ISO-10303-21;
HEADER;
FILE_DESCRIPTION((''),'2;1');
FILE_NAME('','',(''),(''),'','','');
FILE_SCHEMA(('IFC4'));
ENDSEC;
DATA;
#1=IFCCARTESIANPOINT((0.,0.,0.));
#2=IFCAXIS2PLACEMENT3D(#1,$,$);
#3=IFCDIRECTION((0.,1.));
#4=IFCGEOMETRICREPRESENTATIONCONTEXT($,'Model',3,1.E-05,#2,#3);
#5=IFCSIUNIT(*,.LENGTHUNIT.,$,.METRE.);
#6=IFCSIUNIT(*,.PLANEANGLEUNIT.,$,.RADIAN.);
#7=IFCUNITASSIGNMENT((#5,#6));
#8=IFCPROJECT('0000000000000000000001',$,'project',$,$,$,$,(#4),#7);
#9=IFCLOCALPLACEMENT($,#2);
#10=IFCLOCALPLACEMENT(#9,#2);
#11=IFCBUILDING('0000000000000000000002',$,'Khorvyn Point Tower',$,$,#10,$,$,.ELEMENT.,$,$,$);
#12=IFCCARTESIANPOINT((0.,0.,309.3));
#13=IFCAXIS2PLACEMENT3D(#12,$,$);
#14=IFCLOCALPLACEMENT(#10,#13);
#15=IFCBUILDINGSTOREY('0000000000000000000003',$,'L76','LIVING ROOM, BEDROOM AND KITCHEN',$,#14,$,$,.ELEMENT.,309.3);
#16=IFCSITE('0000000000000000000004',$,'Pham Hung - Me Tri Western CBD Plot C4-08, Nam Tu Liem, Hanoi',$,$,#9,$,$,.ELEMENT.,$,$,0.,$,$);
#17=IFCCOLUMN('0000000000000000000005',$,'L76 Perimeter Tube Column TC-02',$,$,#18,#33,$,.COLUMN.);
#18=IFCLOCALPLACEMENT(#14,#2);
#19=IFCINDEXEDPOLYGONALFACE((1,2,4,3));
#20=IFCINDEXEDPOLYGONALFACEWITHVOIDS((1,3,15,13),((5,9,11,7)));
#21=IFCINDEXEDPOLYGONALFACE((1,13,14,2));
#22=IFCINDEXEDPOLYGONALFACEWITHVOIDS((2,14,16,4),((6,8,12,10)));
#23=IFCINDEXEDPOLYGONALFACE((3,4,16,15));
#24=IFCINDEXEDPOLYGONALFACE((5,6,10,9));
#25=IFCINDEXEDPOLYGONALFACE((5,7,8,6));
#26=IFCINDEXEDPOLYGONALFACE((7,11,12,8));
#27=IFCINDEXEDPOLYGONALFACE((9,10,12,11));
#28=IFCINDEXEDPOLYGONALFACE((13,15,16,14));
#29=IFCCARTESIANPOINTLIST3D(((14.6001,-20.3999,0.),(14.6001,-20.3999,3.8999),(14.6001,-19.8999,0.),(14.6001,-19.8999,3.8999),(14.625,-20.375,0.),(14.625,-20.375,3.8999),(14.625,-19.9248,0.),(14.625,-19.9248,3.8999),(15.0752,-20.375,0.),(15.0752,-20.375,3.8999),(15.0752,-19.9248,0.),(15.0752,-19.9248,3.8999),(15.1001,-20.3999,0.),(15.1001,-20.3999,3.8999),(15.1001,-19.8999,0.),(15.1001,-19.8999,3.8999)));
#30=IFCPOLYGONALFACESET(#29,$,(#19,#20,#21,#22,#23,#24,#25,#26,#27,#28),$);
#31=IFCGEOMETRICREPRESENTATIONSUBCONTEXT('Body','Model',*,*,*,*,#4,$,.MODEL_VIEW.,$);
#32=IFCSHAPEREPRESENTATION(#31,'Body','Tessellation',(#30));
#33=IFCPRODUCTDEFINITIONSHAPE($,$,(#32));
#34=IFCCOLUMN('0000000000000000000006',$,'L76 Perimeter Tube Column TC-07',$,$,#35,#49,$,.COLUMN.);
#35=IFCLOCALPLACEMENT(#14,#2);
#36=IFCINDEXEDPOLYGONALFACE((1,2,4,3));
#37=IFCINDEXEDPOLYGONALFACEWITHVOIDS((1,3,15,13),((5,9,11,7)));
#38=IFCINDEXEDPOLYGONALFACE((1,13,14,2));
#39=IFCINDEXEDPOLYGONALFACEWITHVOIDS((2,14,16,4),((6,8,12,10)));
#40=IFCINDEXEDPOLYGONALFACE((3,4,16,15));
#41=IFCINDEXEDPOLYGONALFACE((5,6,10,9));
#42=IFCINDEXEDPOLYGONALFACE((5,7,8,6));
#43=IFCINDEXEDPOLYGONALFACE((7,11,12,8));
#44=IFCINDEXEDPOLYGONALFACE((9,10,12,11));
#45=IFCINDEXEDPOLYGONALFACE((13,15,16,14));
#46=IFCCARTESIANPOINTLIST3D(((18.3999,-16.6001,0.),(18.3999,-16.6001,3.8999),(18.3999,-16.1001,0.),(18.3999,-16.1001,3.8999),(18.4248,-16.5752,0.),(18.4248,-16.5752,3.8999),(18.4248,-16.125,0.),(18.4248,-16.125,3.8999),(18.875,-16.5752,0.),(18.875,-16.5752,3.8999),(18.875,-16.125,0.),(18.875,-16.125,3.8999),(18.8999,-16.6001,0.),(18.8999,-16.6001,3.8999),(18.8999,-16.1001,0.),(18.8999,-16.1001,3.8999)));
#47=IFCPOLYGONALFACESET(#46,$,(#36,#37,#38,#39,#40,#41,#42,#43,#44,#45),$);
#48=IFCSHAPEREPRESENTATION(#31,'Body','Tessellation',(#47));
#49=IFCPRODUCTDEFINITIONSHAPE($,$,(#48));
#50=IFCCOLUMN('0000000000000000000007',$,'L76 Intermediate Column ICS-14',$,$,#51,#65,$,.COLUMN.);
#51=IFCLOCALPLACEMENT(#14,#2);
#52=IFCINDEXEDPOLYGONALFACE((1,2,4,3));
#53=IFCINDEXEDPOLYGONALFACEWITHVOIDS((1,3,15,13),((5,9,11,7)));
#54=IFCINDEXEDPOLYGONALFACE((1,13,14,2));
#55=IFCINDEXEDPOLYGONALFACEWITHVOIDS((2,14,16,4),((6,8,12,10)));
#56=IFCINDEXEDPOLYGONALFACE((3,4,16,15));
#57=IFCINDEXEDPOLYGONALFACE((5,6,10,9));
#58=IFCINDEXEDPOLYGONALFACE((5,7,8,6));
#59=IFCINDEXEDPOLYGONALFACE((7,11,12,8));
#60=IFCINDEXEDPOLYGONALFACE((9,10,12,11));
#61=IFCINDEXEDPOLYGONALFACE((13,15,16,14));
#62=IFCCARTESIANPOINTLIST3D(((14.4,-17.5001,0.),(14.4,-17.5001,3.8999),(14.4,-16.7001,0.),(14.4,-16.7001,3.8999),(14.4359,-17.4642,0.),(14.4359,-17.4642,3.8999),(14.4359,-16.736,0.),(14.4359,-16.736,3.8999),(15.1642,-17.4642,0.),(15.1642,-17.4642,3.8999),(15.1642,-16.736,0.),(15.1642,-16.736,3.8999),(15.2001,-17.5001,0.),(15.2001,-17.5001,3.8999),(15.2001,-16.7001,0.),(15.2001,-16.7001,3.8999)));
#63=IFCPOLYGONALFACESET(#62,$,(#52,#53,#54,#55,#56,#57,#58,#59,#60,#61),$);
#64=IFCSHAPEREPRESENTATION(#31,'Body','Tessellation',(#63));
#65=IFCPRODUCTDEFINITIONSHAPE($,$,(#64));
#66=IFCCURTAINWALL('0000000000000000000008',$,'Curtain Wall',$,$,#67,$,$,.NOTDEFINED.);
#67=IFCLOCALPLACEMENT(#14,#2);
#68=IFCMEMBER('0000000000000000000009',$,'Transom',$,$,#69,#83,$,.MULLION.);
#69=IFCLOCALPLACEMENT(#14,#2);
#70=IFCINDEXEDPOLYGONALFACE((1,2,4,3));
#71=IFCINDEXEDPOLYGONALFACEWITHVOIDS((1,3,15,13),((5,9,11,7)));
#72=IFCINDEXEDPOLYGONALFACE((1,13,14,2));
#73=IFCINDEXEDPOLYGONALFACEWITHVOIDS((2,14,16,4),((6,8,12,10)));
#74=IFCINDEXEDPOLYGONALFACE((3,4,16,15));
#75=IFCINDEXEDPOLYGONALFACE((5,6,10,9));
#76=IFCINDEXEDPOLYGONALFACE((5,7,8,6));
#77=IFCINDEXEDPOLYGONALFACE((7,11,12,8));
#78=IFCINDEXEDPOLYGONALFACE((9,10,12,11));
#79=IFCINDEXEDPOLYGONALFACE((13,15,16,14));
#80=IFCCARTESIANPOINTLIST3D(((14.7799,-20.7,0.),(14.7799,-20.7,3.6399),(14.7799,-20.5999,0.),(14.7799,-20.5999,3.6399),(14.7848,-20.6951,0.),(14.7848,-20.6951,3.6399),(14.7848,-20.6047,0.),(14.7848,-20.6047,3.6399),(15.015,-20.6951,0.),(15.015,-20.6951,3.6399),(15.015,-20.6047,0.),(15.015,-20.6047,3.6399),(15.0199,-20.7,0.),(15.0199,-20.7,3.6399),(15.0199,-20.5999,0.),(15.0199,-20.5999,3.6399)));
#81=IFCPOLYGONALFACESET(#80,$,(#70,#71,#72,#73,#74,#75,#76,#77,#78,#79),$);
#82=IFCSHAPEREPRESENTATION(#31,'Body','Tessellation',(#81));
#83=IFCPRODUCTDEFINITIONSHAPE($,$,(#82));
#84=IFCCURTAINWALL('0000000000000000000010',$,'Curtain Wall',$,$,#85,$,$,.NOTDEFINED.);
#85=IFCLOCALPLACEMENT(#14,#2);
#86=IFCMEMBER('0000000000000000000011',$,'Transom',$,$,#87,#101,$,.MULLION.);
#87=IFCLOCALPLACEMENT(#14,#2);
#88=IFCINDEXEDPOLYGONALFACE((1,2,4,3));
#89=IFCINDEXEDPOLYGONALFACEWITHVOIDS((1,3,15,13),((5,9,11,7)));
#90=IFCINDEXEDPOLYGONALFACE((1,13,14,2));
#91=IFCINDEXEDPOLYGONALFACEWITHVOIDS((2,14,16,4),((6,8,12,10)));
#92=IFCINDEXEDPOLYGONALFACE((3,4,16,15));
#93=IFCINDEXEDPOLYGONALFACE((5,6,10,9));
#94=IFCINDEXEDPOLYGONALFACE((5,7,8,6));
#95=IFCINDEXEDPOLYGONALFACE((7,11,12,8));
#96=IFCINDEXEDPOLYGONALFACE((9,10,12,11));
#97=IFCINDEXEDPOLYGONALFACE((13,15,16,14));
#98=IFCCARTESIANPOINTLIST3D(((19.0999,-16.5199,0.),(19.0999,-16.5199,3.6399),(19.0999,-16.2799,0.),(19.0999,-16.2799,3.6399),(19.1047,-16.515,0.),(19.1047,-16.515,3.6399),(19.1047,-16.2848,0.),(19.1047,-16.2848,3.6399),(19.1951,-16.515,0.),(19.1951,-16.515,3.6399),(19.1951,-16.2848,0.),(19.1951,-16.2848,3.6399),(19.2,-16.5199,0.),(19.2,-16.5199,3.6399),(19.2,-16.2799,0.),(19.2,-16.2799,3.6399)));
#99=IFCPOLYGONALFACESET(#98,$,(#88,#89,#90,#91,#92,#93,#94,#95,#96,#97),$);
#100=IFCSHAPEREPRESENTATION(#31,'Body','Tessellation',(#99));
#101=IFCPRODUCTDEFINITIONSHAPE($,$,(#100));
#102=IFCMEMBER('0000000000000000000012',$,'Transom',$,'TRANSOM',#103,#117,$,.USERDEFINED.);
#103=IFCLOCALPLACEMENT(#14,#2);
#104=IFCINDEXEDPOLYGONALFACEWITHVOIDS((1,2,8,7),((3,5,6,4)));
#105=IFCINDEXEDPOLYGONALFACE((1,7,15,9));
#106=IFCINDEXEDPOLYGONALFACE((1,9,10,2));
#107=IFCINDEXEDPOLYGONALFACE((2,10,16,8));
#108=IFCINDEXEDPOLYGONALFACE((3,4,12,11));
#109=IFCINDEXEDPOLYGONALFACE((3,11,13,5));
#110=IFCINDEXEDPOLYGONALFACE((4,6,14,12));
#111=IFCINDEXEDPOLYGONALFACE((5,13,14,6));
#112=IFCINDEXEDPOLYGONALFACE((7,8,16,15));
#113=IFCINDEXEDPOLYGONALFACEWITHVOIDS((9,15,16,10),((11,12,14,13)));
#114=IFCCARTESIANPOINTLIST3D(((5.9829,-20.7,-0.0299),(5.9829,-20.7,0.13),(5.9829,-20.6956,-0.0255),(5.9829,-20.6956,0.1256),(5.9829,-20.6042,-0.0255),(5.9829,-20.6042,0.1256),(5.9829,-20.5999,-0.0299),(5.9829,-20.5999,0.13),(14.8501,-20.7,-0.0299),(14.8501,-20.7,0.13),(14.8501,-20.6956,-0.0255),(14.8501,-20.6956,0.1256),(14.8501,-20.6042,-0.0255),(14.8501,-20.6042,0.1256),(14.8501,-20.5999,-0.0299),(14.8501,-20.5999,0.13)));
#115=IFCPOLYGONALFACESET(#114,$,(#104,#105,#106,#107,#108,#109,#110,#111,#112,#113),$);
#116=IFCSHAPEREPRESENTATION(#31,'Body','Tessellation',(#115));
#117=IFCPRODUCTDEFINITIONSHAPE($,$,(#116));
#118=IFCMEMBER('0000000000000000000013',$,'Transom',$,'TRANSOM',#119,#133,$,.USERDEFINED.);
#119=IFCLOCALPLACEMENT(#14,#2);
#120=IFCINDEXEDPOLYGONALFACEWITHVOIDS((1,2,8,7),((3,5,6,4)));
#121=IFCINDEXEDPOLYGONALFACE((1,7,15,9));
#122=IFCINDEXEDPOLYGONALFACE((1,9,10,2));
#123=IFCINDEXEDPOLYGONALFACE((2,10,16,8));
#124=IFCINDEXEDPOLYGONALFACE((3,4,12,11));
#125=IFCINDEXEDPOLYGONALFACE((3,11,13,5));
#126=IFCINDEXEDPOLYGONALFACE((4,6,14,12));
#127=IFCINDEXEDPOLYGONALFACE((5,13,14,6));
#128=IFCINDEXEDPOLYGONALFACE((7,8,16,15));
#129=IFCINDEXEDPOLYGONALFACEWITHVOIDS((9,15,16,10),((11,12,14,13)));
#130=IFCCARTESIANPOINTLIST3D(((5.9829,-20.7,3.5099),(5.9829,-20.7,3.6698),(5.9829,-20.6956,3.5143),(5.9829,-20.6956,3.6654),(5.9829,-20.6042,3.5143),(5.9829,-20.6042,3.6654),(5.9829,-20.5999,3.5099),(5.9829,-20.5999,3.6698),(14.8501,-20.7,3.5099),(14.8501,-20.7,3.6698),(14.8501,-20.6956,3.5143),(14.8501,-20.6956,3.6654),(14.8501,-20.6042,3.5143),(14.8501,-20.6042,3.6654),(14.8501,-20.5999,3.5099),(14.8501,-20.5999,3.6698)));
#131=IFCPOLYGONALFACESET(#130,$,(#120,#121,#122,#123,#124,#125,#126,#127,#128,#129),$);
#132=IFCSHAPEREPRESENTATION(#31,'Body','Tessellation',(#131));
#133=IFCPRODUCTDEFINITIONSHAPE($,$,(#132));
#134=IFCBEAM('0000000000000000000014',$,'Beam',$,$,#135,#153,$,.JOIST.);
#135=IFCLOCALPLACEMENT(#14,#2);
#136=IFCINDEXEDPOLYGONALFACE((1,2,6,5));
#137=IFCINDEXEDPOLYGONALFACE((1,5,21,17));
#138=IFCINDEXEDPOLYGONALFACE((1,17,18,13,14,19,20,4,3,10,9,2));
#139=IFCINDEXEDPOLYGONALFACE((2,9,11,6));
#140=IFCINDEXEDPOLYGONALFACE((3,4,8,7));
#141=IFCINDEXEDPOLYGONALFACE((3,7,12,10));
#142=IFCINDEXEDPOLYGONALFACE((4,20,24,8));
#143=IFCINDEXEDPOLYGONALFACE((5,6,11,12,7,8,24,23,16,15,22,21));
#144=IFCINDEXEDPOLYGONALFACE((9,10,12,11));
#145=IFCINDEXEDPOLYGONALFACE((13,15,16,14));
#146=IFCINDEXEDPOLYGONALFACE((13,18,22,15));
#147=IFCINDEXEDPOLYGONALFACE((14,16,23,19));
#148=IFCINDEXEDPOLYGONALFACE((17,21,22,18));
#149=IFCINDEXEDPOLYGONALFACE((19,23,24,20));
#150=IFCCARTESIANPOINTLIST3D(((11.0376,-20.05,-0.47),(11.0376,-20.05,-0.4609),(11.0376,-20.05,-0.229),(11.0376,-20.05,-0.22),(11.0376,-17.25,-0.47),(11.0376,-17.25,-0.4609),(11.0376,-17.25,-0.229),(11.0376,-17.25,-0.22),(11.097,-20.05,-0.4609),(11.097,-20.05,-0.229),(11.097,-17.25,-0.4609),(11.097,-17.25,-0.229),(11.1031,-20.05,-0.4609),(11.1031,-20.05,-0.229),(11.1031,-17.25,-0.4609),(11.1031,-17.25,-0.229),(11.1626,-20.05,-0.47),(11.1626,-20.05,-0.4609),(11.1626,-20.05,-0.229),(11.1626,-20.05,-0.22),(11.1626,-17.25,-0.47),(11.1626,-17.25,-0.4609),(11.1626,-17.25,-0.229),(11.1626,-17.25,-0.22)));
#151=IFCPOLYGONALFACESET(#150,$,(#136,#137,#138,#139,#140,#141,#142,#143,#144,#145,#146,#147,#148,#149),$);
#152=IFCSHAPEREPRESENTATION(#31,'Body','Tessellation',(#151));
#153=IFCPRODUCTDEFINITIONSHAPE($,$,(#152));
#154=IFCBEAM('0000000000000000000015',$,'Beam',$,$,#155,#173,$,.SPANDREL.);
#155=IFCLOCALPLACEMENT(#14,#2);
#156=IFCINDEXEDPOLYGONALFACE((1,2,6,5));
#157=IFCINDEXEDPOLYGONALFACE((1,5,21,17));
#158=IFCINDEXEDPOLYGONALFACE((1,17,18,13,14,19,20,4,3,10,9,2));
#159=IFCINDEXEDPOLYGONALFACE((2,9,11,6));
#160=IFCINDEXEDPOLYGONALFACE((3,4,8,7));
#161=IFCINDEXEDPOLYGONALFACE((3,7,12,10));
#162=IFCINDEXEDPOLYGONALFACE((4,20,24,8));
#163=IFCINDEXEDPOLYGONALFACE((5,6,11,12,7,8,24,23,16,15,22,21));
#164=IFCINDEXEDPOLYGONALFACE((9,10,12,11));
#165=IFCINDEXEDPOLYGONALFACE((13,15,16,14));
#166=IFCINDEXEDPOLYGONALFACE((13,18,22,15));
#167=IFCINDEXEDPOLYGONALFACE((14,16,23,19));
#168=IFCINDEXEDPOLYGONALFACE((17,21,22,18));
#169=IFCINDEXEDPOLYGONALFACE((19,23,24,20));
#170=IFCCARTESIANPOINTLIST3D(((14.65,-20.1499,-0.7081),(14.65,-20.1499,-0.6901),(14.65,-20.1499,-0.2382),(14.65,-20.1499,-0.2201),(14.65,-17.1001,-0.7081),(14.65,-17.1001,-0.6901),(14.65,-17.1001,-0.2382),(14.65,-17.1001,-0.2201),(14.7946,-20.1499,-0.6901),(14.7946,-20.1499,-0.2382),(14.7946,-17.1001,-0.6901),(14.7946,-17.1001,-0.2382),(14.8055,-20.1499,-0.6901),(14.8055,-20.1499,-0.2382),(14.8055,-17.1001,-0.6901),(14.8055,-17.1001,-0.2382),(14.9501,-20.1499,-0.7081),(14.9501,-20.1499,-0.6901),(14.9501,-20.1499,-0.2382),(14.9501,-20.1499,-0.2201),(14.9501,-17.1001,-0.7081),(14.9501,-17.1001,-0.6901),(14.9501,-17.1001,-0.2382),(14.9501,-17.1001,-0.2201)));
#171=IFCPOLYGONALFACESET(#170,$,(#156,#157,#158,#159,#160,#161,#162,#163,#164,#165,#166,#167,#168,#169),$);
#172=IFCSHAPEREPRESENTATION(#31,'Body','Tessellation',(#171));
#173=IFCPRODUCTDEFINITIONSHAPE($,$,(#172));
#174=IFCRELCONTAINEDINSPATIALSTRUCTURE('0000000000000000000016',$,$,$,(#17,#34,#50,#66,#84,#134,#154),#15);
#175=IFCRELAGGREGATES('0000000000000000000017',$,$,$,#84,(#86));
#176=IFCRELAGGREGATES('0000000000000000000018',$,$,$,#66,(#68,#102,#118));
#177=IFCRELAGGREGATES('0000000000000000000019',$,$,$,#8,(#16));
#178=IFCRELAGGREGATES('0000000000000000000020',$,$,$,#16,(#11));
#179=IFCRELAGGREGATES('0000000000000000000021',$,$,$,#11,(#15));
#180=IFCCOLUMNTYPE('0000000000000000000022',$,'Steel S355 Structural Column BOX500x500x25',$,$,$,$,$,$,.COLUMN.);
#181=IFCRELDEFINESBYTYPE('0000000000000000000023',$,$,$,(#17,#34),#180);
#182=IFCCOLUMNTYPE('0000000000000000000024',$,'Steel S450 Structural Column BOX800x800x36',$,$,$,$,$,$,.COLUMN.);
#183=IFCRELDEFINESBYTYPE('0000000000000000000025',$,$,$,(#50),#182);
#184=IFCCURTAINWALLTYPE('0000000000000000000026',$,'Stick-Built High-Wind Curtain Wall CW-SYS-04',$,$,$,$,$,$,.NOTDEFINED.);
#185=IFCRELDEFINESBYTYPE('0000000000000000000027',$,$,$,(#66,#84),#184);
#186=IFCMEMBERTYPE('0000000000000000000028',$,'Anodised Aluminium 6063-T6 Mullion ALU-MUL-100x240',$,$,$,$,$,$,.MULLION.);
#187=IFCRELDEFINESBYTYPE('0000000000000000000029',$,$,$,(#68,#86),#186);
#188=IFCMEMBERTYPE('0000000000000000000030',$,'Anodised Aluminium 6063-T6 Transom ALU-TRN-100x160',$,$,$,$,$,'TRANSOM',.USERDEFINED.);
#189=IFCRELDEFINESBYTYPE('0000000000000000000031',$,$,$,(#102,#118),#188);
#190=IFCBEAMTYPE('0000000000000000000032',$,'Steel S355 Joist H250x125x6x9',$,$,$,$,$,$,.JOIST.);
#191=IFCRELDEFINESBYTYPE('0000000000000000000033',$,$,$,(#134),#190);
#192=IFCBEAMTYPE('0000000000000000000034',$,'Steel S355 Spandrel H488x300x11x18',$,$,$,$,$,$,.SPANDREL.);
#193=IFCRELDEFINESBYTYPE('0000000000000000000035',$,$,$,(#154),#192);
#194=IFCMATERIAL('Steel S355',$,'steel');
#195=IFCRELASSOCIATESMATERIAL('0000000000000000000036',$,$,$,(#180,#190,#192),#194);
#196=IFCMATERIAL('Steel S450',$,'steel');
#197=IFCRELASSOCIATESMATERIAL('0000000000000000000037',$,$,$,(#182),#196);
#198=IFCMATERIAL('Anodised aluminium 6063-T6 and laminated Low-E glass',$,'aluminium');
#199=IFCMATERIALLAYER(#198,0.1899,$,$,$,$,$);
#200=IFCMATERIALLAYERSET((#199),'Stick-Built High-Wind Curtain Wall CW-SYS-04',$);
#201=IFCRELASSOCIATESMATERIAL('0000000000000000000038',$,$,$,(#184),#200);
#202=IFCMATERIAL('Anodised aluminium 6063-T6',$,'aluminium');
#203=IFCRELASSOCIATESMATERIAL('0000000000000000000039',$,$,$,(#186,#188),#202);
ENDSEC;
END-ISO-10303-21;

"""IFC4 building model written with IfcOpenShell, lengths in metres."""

from ifc_helpers import new_model, si_unit, direction, frame, origin, origin_2d, place, context, subcontext, project, spatial, hollow_rectangle, i_section, extrude, material, layer, layer_set, material_profile, profile_set, type_object, element, aggregate, save


model = new_model("IFC4")

# Units and contexts
model_context = context("Model", 3, precision=1e-05, world=origin(), true_north=direction((0.0, 1.0)))
body_context = subcontext(model_context, "Body", "Model", "MODEL_VIEW")
ifc_project = project(units=[si_unit("LENGTHUNIT", "METRE"), si_unit("PLANEANGLEUNIT", "RADIAN")], contexts=[model_context])

# Site, building, storey
site_placement = place(None, origin())
site = spatial("IfcSite", under=ifc_project, at=site_placement, Name="Pham Hung - Me Tri Western CBD Plot C4-08, Nam Tu Liem, Hanoi", CompositionType="ELEMENT", RefElevation=0.0)
building_placement = place(site_placement, origin())
building = spatial("IfcBuilding", under=site, at=building_placement, Name="Khorvyn Point Tower", CompositionType="ELEMENT")
storey_placement = place(building_placement, frame((0.0, 0.0, 309.3)))
storey = spatial("IfcBuildingStorey", under=building, at=storey_placement, Name="L76", Description="LIVING ROOM, BEDROOM AND KITCHEN", CompositionType="ELEMENT", Elevation=309.3)

# Columns
ifc_material_1 = material(Name="Steel S355", Category="steel")
ifc_material_profile_1 = material_profile(ifc_material_1, hollow_rectangle(XDim=0.5, YDim=0.5, WallThickness=0.0249, at=origin_2d()))
ifc_profile_set_1 = profile_set([ifc_material_profile_1], Name="Steel S355 BOX500x500x25")
column_type_1 = type_object("IfcColumnType", Name="Steel S355 Structural Column BOX500x500x25", PredefinedType="COLUMN", material=ifc_profile_set_1)
for number, where, z_axis, x_axis, name in (
    (1, (14.8501, -20.1499, 0.0), (0.0, 0.0, 1.0), (1.0, 0.0, 0.0), "L76 Perimeter Tube Column TC-02"),
    (2, (18.6499, -16.3501, 0.0), (0.0, 0.0, 1.0), (1.0, 0.0, 0.0), "L76 Perimeter Tube Column TC-07"),
):
    element("IfcColumn", number, at=place(storey_placement, frame(where, z_axis=z_axis, x_axis=x_axis)), inside=storey, type_object=column_type_1, Name=name, PredefinedType="COLUMN", context=body_context, shape_type="SweptSolid", body=[
        extrude(hollow_rectangle(XDim=0.5, YDim=0.5, WallThickness=0.0249, at=origin_2d()), origin(), (0.0, 0.0, 1.0), 3.8999),
    ])
ifc_material_2 = material(Name="Steel S450", Category="steel")
ifc_material_profile_2 = material_profile(ifc_material_2, hollow_rectangle(XDim=0.8, YDim=0.8, WallThickness=0.0359, at=origin_2d()))
ifc_profile_set_2 = profile_set([ifc_material_profile_2], Name="Steel S450 BOX800x800x36")
column_type_2 = type_object("IfcColumnType", Name="Steel S450 Structural Column BOX800x800x36", PredefinedType="COLUMN", material=ifc_profile_set_2)
column_placement = place(storey_placement, frame((14.8, -17.1001, 0.0), z_axis=(0.0, 0.0, 1.0), x_axis=(1.0, 0.0, 0.0)))
element("IfcColumn", 3, at=column_placement, inside=storey, type_object=column_type_2, Name="L76 Intermediate Column ICS-14", PredefinedType="COLUMN", context=body_context, shape_type="SweptSolid", body=[
    extrude(hollow_rectangle(XDim=0.8, YDim=0.8, WallThickness=0.0359, at=origin_2d()), origin(), (0.0, 0.0, 1.0), 3.8999),
])

# Curtain walls, members
ifc_material_3 = material(Name="Anodised aluminium 6063-T6 and laminated Low-E glass", Category="aluminium")
ifc_layer_1 = layer(ifc_material_3, 0.1899)
ifc_layer_set_1 = layer_set([ifc_layer_1], Name="Stick-Built High-Wind Curtain Wall CW-SYS-04")
curtain_wall_type = type_object("IfcCurtainWallType", Name="Stick-Built High-Wind Curtain Wall CW-SYS-04", PredefinedType="NOTDEFINED", material=ifc_layer_set_1)
curtain_wall_1_placement = place(storey_placement, origin())
curtain_wall_1 = element("IfcCurtainWall", 4, at=curtain_wall_1_placement, inside=storey, type_object=curtain_wall_type, Name="Curtain Wall", PredefinedType="NOTDEFINED")
ifc_material_4 = material(Name="Anodised aluminium 6063-T6", Category="aluminium")
ifc_material_profile_3 = material_profile(ifc_material_4, hollow_rectangle(XDim=0.1001, YDim=0.24, WallThickness=0.0049, at=origin_2d()))
ifc_profile_set_3 = profile_set([ifc_material_profile_3], Name="Anodised aluminium 6063-T6 ALU-MUL-100x240")
member_type_1 = type_object("IfcMemberType", Name="Anodised Aluminium 6063-T6 Mullion ALU-MUL-100x240", PredefinedType="MULLION", material=ifc_profile_set_3)
member_1_placement = place(storey_placement, frame((14.8999, -20.6499, 0.0), z_axis=(0.0, 0.0, 1.0), x_axis=(0.0, -1.0, 0.0)))
member_1 = element("IfcMember", 5, at=member_1_placement, type_object=member_type_1, Name="Transom", PredefinedType="MULLION", context=body_context, shape_type="SweptSolid", body=[
    extrude(hollow_rectangle(XDim=0.1001, YDim=0.24, WallThickness=0.0049, at=origin_2d()), origin(), (0.0, 0.0, 1.0), 3.6399),
])
curtain_wall_2_placement = place(storey_placement, origin())
curtain_wall_2 = element("IfcCurtainWall", 6, at=curtain_wall_2_placement, inside=storey, type_object=curtain_wall_type, Name="Curtain Wall", PredefinedType="NOTDEFINED")
member_2_placement = place(storey_placement, frame((19.1499, -16.3999, 0.0), z_axis=(0.0, 0.0, 1.0), x_axis=(1.0, 0.0, 0.0)))
member_2 = element("IfcMember", 7, at=member_2_placement, type_object=member_type_1, Name="Transom", PredefinedType="MULLION", context=body_context, shape_type="SweptSolid", body=[
    extrude(hollow_rectangle(XDim=0.1001, YDim=0.24, WallThickness=0.0049, at=origin_2d()), origin(), (0.0, 0.0, 1.0), 3.6399),
])
aggregate(curtain_wall_2, [member_2])

# Members
ifc_material_profile_4 = material_profile(ifc_material_4, hollow_rectangle(XDim=0.1001, YDim=0.1599, WallThickness=0.0044, at=origin_2d()))
ifc_profile_set_4 = profile_set([ifc_material_profile_4], Name="Anodised aluminium 6063-T6 ALU-TRN-100x160")
member_type_2 = type_object("IfcMemberType", Name="Anodised Aluminium 6063-T6 Transom ALU-TRN-100x160", ElementType="TRANSOM", PredefinedType="USERDEFINED", material=ifc_profile_set_4)
member_3_placement = place(storey_placement, frame((14.8501, -20.6499, 0.05), z_axis=(-1.0, 0.0, 0.0), x_axis=(0.0, -1.0, 0.0)))
member_3 = element("IfcMember", 8, at=member_3_placement, type_object=member_type_2, Name="Transom", ObjectType="TRANSOM", PredefinedType="USERDEFINED", context=body_context, shape_type="SweptSolid", body=[
    extrude(hollow_rectangle(XDim=0.1001, YDim=0.1599, WallThickness=0.0044, at=origin_2d()), origin(), (0.0, 0.0, 1.0), 8.8672),
])
member_4_placement = place(storey_placement, frame((14.8501, -20.6499, 3.5898), z_axis=(-1.0, 0.0, 0.0), x_axis=(0.0, -1.0, 0.0)))
member_4 = element("IfcMember", 9, at=member_4_placement, type_object=member_type_2, Name="Transom", ObjectType="TRANSOM", PredefinedType="USERDEFINED", context=body_context, shape_type="SweptSolid", body=[
    extrude(hollow_rectangle(XDim=0.1001, YDim=0.1599, WallThickness=0.0044, at=origin_2d()), origin(), (0.0, 0.0, 1.0), 8.8672),
])

# Beams
ifc_material_profile_5 = material_profile(ifc_material_1, i_section(OverallWidth=0.125, OverallDepth=0.25, WebThickness=0.0061, FlangeThickness=0.009, at=origin_2d()))
ifc_profile_set_5 = profile_set([ifc_material_profile_5], Name="Steel S355 H250x125x6x9")
beam_type_1 = type_object("IfcBeamType", Name="Steel S355 Joist H250x125x6x9", PredefinedType="JOIST", material=ifc_profile_set_5)
beam_1_placement = place(storey_placement, frame((11.1001, -20.05, -0.345), z_axis=(0.0, 1.0, 0.0), x_axis=(-1.0, 0.0, 0.0)))
element("IfcBeam", 10, at=beam_1_placement, inside=storey, type_object=beam_type_1, Name="Beam", PredefinedType="JOIST", context=body_context, shape_type="SweptSolid", body=[
    extrude(i_section(OverallWidth=0.125, OverallDepth=0.25, WebThickness=0.0061, FlangeThickness=0.009, at=origin_2d()), origin(), (0.0, 0.0, 1.0), 2.8),
])
ifc_material_profile_6 = material_profile(ifc_material_1, i_section(OverallWidth=0.3, OverallDepth=0.488, WebThickness=0.011, FlangeThickness=0.0181, at=origin_2d()))
ifc_profile_set_6 = profile_set([ifc_material_profile_6], Name="Steel S355 H488x300x11x18")
beam_type_2 = type_object("IfcBeamType", Name="Steel S355 Spandrel H488x300x11x18", PredefinedType="SPANDREL", material=ifc_profile_set_6)
beam_2_placement = place(storey_placement, frame((14.8, -20.1499, -0.4641), z_axis=(0.0, 1.0, 0.0), x_axis=(-1.0, 0.0, 0.0)))
element("IfcBeam", 11, at=beam_2_placement, inside=storey, type_object=beam_type_2, Name="Beam", PredefinedType="SPANDREL", context=body_context, shape_type="SweptSolid", body=[
    extrude(i_section(OverallWidth=0.3, OverallDepth=0.488, WebThickness=0.011, FlangeThickness=0.0181, at=origin_2d()), origin(), (0.0, 0.0, 1.0), 3.0498),
])

aggregate(curtain_wall_1, [member_1, member_3, member_4])

save(model, "model.ifc")
